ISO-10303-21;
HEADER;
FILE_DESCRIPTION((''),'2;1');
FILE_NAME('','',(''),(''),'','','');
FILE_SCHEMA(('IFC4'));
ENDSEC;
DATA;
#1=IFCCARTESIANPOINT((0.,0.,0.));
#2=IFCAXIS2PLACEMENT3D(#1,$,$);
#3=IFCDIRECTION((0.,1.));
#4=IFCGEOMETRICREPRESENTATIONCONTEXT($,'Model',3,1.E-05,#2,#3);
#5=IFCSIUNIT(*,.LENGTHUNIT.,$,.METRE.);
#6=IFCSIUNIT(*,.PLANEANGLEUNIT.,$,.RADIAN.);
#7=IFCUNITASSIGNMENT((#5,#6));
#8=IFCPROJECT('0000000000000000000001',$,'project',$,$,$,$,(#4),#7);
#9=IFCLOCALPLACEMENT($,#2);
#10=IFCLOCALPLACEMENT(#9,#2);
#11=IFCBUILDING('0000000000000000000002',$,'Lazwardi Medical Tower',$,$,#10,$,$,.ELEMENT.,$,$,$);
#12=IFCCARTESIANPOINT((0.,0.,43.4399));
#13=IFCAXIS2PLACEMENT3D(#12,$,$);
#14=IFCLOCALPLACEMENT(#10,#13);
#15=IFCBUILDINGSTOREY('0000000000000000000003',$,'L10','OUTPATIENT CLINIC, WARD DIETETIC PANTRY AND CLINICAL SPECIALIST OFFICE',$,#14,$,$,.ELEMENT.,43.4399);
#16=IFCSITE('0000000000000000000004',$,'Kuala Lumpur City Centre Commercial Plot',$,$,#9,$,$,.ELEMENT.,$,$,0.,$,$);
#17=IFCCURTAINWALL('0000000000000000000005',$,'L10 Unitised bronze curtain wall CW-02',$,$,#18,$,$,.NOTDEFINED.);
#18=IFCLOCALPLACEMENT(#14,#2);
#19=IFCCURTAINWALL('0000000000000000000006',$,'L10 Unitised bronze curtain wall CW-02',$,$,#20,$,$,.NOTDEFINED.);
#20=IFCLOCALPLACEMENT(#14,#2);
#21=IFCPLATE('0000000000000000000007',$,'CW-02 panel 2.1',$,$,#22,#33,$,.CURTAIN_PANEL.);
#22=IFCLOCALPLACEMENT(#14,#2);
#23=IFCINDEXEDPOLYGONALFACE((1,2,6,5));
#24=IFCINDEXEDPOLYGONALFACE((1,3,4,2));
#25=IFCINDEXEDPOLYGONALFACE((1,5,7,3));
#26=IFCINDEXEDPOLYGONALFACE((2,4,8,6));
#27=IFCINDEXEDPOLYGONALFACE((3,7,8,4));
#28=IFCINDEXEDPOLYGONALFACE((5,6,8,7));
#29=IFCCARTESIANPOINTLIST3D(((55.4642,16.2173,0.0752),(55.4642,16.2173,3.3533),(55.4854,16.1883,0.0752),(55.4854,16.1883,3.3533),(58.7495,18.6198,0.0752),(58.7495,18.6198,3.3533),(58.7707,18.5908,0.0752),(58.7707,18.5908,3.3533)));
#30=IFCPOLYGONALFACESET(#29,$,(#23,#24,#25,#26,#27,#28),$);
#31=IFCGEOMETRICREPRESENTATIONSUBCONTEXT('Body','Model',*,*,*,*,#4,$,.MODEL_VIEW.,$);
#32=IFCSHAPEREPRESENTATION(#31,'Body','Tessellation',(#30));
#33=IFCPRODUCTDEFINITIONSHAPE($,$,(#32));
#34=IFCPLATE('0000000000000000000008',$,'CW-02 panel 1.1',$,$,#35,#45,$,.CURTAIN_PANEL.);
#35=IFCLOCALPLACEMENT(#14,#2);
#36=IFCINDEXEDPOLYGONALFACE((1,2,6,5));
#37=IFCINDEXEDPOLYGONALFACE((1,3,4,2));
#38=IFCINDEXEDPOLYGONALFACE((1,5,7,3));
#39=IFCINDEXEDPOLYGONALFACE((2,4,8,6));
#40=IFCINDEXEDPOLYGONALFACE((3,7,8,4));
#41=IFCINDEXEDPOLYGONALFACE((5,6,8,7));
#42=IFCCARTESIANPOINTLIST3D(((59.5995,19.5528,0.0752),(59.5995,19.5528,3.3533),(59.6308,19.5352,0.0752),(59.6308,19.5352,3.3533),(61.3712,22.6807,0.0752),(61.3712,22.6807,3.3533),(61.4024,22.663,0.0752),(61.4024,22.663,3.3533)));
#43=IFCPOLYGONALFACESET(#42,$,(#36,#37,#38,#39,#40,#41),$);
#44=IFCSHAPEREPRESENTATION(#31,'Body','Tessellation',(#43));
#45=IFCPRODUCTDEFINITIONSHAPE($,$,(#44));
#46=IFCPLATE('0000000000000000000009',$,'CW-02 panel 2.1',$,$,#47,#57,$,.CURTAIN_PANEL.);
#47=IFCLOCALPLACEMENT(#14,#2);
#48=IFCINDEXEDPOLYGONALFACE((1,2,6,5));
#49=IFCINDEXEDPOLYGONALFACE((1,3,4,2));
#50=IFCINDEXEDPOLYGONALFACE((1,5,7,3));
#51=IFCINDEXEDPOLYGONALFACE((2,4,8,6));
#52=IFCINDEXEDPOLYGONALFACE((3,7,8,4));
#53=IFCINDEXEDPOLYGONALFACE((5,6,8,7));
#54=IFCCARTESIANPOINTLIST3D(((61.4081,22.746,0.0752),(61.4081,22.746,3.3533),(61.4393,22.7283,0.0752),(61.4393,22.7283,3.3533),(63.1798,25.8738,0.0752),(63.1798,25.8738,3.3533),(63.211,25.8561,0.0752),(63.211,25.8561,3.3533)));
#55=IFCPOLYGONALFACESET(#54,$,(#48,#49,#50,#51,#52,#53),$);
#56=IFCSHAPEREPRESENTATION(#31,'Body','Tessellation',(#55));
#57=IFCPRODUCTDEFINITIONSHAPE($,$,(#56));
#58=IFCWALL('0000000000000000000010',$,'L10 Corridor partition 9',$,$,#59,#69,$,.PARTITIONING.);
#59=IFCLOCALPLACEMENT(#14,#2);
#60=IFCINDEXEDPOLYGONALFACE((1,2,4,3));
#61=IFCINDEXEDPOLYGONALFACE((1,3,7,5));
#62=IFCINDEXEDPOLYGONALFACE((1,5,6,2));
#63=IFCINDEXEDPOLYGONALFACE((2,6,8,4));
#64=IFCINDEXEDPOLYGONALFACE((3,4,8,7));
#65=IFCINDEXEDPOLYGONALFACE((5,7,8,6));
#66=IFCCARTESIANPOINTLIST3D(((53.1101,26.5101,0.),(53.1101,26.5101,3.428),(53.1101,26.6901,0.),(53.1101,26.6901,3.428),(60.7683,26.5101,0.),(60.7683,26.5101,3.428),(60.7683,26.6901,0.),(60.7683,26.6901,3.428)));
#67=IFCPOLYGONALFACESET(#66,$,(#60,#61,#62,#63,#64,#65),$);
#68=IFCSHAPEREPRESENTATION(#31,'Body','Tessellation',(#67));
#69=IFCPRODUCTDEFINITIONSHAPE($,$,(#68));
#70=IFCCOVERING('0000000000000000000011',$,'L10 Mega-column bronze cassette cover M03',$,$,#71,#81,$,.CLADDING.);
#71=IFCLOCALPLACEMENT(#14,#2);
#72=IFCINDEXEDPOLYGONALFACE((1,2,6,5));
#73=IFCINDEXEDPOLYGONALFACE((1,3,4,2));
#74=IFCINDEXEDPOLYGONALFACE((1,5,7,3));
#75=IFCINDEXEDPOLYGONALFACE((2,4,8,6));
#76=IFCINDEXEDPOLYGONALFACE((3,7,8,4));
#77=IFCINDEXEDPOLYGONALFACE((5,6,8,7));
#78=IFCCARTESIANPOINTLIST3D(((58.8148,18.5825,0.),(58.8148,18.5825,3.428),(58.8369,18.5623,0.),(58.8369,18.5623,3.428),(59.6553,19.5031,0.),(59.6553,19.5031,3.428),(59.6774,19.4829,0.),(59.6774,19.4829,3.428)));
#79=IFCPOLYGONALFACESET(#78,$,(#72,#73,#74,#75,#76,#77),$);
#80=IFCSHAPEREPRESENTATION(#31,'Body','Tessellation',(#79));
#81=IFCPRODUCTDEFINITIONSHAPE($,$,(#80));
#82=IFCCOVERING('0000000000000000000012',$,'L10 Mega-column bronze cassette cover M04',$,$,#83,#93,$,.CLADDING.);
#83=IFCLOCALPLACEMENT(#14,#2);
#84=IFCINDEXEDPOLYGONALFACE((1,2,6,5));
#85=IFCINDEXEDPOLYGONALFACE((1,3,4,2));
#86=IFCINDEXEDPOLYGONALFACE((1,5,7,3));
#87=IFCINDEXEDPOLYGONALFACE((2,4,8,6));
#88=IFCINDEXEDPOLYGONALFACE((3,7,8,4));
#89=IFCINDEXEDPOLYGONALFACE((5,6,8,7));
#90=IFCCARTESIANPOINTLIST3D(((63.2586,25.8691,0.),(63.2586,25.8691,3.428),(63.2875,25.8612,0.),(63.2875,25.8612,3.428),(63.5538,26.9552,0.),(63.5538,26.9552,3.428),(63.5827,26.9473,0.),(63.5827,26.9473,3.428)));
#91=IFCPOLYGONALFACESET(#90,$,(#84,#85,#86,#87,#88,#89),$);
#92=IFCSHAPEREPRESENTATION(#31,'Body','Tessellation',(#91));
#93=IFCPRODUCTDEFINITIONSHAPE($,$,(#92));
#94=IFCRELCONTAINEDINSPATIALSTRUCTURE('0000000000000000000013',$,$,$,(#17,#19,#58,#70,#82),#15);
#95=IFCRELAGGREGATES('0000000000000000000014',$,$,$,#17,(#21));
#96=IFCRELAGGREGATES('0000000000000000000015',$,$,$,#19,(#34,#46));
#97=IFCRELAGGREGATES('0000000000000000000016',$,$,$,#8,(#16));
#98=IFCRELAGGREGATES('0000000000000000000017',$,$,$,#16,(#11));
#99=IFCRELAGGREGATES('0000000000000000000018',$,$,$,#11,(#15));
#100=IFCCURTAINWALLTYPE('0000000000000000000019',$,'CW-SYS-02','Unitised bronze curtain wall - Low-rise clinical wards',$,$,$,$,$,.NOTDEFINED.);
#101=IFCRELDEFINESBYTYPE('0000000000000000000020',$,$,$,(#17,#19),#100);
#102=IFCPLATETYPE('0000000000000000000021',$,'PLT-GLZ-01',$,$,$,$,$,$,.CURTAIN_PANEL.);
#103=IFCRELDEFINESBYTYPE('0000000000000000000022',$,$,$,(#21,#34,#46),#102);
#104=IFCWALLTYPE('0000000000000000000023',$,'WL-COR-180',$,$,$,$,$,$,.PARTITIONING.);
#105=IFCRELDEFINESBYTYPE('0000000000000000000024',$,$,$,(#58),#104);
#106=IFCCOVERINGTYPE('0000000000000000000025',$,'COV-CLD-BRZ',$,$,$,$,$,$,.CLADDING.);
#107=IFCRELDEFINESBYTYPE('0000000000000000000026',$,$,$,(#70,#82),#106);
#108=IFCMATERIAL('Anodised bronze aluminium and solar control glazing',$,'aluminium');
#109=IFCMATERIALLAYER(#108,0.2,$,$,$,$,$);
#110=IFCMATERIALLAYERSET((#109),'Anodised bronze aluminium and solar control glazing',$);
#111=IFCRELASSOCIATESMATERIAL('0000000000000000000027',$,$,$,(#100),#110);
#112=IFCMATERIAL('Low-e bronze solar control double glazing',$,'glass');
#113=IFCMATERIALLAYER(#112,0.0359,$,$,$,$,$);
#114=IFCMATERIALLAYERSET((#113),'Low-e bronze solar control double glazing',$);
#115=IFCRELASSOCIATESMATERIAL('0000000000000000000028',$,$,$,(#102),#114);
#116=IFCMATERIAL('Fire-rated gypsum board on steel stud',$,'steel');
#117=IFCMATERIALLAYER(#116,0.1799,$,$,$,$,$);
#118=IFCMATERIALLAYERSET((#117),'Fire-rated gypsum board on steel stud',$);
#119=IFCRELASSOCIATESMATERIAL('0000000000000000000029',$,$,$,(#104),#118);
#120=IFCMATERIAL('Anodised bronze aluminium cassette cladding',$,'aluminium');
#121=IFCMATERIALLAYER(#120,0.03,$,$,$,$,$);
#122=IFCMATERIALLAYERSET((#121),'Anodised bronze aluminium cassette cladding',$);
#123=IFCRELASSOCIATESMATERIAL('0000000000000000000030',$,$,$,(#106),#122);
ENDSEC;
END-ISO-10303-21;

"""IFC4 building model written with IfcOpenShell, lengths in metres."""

from ifc_helpers import new_model, si_unit, direction, frame, frame_2d, origin, origin_2d, place, context, subcontext, project, spatial, rectangle, extrude, material, layer, layer_set, type_object, element, aggregate, save


model = new_model("IFC4")

# Units and contexts
model_context = context("Model", 3, precision=1e-05, world=origin(), true_north=direction((0.0, 1.0)))
body_context = subcontext(model_context, "Body", "Model", "MODEL_VIEW")
ifc_project = project(units=[si_unit("LENGTHUNIT", "METRE"), si_unit("PLANEANGLEUNIT", "RADIAN")], contexts=[model_context])

# Site, building, storey
site_placement = place(None, origin())
site = spatial("IfcSite", under=ifc_project, at=site_placement, Name="Kuala Lumpur City Centre Commercial Plot", CompositionType="ELEMENT", RefElevation=0.0)
building_placement = place(site_placement, origin())
building = spatial("IfcBuilding", under=site, at=building_placement, Name="Lazwardi Medical Tower", CompositionType="ELEMENT")
storey_placement = place(building_placement, frame((0.0, 0.0, 43.4399)))
storey = spatial("IfcBuildingStorey", under=building, at=storey_placement, Name="L10", Description="OUTPATIENT CLINIC, WARD DIETETIC PANTRY AND CLINICAL SPECIALIST OFFICE", CompositionType="ELEMENT", Elevation=43.4399)

# Curtain wall
ifc_material_1 = material(Name="Anodised bronze aluminium and solar control glazing", Category="aluminium")
ifc_layer_1 = layer(ifc_material_1, 0.2)
ifc_layer_set_1 = layer_set([ifc_layer_1], Name="Anodised bronze aluminium and solar control glazing")
curtain_wall_type = type_object("IfcCurtainWallType", Name="CW-SYS-02", Description="Unitised bronze curtain wall - Low-rise clinical wards", PredefinedType="NOTDEFINED", material=ifc_layer_set_1)
curtain_wall_1_placement = place(storey_placement, origin())
curtain_wall_1 = element("IfcCurtainWall", 1, at=curtain_wall_1_placement, inside=storey, type_object=curtain_wall_type, Name="L10 Unitised bronze curtain wall CW-02", PredefinedType="NOTDEFINED")

# Curtain wall
curtain_wall_2_placement = place(storey_placement, origin())
curtain_wall_2 = element("IfcCurtainWall", 2, at=curtain_wall_2_placement, inside=storey, type_object=curtain_wall_type, Name="L10 Unitised bronze curtain wall CW-02", PredefinedType="NOTDEFINED")

# Plates
ifc_material_2 = material(Name="Low-e bronze solar control double glazing", Category="glass")
ifc_layer_2 = layer(ifc_material_2, 0.0359)
ifc_layer_set_2 = layer_set([ifc_layer_2], Name="Low-e bronze solar control double glazing")
plate_type = type_object("IfcPlateType", Name="PLT-GLZ-01", PredefinedType="CURTAIN_PANEL", material=ifc_layer_set_2)
plate_1_placement = place(storey_placement, frame((57.1174, 17.4041, 0.0752), z_axis=(0.0, 0.0, 1.0), x_axis=(0.807192, 0.590289, 0.0)))
plate_1 = element("IfcPlate", 3, at=plate_1_placement, type_object=plate_type, Name="CW-02 panel 2.1", PredefinedType="CURTAIN_PANEL", context=body_context, shape_type="SweptSolid", body=[
    extrude(rectangle(XDim=4.0701, YDim=0.0359, at=origin_2d()), origin(), (0.0, 0.0, 1.0), 3.2781),
])
aggregate(curtain_wall_1, [plate_1])
plate_2_placement = place(storey_placement, frame((60.501, 21.1079, 0.0752), z_axis=(0.0, 0.0, 1.0), x_axis=(0.492854, 0.870112, 0.0)))
plate_2 = element("IfcPlate", 4, at=plate_2_placement, type_object=plate_type, Name="CW-02 panel 1.1", PredefinedType="CURTAIN_PANEL", context=body_context, shape_type="SweptSolid", body=[
    extrude(rectangle(XDim=3.5947, YDim=0.0359, at=origin_2d()), origin(), (0.0, 0.0, 1.0), 3.2781),
])
plate_3_placement = place(storey_placement, frame((62.3096, 24.301, 0.0752), z_axis=(0.0, 0.0, 1.0), x_axis=(0.492854, 0.870112, 0.0)))
plate_3 = element("IfcPlate", 5, at=plate_3_placement, type_object=plate_type, Name="CW-02 panel 2.1", PredefinedType="CURTAIN_PANEL", context=body_context, shape_type="SweptSolid", body=[
    extrude(rectangle(XDim=3.5947, YDim=0.0359, at=origin_2d()), origin(), (0.0, 0.0, 1.0), 3.2781),
])
aggregate(curtain_wall_2, [plate_2, plate_3])

# Wall
ifc_material_3 = material(Name="Fire-rated gypsum board on steel stud", Category="steel")
ifc_layer_3 = layer(ifc_material_3, 0.1799)
ifc_layer_set_3 = layer_set([ifc_layer_3], Name="Fire-rated gypsum board on steel stud")
wall_type = type_object("IfcWallType", Name="WL-COR-180", PredefinedType="PARTITIONING", material=ifc_layer_set_3)
wall_placement = place(storey_placement, frame((60.7683, 26.6001, 0.0), z_axis=(0.0, 0.0, 1.0), x_axis=(-1.0, 0.0, 0.0)))
element("IfcWall", 6, at=wall_placement, inside=storey, type_object=wall_type, Name="L10 Corridor partition 9", PredefinedType="PARTITIONING", context=body_context, shape_type="SweptSolid", body=[
    extrude(rectangle(XDim=7.6582, YDim=0.1799, at=frame_2d((3.8291, 0.0))), origin(), (0.0, 0.0, 1.0), 3.428),
])

# Coverings
ifc_material_4 = material(Name="Anodised bronze aluminium cassette cladding", Category="aluminium")
ifc_layer_4 = layer(ifc_material_4, 0.03)
ifc_layer_set_4 = layer_set([ifc_layer_4], Name="Anodised bronze aluminium cassette cladding")
covering_type = type_object("IfcCoveringType", Name="COV-CLD-BRZ", PredefinedType="CLADDING", material=ifc_layer_set_4)
covering_1_placement = place(storey_placement, frame((59.2461, 19.0327, 0.0), z_axis=(0.0, 0.0, 1.0), x_axis=(0.674252, 0.738501, 0.0)))
element("IfcCovering", 7, at=covering_1_placement, inside=storey, type_object=covering_type, Name="L10 Mega-column bronze cassette cover M03", PredefinedType="CLADDING", context=body_context, shape_type="SweptSolid", body=[
    extrude(rectangle(XDim=1.2466, YDim=0.03, at=origin_2d()), origin(), (0.0, 0.0, 1.0), 3.428),
])
covering_2_placement = place(storey_placement, frame((63.4207, 26.4082, 0.0), z_axis=(0.0, 0.0, 1.0), x_axis=(0.262283, 0.964991, 0.0)))
element("IfcCovering", 8, at=covering_2_placement, inside=storey, type_object=covering_type, Name="L10 Mega-column bronze cassette cover M04", PredefinedType="CLADDING", context=body_context, shape_type="SweptSolid", body=[
    extrude(rectangle(XDim=1.1255, YDim=0.03, at=origin_2d()), origin(), (0.0, 0.0, 1.0), 3.428),
])

save(model, "model.ifc")
